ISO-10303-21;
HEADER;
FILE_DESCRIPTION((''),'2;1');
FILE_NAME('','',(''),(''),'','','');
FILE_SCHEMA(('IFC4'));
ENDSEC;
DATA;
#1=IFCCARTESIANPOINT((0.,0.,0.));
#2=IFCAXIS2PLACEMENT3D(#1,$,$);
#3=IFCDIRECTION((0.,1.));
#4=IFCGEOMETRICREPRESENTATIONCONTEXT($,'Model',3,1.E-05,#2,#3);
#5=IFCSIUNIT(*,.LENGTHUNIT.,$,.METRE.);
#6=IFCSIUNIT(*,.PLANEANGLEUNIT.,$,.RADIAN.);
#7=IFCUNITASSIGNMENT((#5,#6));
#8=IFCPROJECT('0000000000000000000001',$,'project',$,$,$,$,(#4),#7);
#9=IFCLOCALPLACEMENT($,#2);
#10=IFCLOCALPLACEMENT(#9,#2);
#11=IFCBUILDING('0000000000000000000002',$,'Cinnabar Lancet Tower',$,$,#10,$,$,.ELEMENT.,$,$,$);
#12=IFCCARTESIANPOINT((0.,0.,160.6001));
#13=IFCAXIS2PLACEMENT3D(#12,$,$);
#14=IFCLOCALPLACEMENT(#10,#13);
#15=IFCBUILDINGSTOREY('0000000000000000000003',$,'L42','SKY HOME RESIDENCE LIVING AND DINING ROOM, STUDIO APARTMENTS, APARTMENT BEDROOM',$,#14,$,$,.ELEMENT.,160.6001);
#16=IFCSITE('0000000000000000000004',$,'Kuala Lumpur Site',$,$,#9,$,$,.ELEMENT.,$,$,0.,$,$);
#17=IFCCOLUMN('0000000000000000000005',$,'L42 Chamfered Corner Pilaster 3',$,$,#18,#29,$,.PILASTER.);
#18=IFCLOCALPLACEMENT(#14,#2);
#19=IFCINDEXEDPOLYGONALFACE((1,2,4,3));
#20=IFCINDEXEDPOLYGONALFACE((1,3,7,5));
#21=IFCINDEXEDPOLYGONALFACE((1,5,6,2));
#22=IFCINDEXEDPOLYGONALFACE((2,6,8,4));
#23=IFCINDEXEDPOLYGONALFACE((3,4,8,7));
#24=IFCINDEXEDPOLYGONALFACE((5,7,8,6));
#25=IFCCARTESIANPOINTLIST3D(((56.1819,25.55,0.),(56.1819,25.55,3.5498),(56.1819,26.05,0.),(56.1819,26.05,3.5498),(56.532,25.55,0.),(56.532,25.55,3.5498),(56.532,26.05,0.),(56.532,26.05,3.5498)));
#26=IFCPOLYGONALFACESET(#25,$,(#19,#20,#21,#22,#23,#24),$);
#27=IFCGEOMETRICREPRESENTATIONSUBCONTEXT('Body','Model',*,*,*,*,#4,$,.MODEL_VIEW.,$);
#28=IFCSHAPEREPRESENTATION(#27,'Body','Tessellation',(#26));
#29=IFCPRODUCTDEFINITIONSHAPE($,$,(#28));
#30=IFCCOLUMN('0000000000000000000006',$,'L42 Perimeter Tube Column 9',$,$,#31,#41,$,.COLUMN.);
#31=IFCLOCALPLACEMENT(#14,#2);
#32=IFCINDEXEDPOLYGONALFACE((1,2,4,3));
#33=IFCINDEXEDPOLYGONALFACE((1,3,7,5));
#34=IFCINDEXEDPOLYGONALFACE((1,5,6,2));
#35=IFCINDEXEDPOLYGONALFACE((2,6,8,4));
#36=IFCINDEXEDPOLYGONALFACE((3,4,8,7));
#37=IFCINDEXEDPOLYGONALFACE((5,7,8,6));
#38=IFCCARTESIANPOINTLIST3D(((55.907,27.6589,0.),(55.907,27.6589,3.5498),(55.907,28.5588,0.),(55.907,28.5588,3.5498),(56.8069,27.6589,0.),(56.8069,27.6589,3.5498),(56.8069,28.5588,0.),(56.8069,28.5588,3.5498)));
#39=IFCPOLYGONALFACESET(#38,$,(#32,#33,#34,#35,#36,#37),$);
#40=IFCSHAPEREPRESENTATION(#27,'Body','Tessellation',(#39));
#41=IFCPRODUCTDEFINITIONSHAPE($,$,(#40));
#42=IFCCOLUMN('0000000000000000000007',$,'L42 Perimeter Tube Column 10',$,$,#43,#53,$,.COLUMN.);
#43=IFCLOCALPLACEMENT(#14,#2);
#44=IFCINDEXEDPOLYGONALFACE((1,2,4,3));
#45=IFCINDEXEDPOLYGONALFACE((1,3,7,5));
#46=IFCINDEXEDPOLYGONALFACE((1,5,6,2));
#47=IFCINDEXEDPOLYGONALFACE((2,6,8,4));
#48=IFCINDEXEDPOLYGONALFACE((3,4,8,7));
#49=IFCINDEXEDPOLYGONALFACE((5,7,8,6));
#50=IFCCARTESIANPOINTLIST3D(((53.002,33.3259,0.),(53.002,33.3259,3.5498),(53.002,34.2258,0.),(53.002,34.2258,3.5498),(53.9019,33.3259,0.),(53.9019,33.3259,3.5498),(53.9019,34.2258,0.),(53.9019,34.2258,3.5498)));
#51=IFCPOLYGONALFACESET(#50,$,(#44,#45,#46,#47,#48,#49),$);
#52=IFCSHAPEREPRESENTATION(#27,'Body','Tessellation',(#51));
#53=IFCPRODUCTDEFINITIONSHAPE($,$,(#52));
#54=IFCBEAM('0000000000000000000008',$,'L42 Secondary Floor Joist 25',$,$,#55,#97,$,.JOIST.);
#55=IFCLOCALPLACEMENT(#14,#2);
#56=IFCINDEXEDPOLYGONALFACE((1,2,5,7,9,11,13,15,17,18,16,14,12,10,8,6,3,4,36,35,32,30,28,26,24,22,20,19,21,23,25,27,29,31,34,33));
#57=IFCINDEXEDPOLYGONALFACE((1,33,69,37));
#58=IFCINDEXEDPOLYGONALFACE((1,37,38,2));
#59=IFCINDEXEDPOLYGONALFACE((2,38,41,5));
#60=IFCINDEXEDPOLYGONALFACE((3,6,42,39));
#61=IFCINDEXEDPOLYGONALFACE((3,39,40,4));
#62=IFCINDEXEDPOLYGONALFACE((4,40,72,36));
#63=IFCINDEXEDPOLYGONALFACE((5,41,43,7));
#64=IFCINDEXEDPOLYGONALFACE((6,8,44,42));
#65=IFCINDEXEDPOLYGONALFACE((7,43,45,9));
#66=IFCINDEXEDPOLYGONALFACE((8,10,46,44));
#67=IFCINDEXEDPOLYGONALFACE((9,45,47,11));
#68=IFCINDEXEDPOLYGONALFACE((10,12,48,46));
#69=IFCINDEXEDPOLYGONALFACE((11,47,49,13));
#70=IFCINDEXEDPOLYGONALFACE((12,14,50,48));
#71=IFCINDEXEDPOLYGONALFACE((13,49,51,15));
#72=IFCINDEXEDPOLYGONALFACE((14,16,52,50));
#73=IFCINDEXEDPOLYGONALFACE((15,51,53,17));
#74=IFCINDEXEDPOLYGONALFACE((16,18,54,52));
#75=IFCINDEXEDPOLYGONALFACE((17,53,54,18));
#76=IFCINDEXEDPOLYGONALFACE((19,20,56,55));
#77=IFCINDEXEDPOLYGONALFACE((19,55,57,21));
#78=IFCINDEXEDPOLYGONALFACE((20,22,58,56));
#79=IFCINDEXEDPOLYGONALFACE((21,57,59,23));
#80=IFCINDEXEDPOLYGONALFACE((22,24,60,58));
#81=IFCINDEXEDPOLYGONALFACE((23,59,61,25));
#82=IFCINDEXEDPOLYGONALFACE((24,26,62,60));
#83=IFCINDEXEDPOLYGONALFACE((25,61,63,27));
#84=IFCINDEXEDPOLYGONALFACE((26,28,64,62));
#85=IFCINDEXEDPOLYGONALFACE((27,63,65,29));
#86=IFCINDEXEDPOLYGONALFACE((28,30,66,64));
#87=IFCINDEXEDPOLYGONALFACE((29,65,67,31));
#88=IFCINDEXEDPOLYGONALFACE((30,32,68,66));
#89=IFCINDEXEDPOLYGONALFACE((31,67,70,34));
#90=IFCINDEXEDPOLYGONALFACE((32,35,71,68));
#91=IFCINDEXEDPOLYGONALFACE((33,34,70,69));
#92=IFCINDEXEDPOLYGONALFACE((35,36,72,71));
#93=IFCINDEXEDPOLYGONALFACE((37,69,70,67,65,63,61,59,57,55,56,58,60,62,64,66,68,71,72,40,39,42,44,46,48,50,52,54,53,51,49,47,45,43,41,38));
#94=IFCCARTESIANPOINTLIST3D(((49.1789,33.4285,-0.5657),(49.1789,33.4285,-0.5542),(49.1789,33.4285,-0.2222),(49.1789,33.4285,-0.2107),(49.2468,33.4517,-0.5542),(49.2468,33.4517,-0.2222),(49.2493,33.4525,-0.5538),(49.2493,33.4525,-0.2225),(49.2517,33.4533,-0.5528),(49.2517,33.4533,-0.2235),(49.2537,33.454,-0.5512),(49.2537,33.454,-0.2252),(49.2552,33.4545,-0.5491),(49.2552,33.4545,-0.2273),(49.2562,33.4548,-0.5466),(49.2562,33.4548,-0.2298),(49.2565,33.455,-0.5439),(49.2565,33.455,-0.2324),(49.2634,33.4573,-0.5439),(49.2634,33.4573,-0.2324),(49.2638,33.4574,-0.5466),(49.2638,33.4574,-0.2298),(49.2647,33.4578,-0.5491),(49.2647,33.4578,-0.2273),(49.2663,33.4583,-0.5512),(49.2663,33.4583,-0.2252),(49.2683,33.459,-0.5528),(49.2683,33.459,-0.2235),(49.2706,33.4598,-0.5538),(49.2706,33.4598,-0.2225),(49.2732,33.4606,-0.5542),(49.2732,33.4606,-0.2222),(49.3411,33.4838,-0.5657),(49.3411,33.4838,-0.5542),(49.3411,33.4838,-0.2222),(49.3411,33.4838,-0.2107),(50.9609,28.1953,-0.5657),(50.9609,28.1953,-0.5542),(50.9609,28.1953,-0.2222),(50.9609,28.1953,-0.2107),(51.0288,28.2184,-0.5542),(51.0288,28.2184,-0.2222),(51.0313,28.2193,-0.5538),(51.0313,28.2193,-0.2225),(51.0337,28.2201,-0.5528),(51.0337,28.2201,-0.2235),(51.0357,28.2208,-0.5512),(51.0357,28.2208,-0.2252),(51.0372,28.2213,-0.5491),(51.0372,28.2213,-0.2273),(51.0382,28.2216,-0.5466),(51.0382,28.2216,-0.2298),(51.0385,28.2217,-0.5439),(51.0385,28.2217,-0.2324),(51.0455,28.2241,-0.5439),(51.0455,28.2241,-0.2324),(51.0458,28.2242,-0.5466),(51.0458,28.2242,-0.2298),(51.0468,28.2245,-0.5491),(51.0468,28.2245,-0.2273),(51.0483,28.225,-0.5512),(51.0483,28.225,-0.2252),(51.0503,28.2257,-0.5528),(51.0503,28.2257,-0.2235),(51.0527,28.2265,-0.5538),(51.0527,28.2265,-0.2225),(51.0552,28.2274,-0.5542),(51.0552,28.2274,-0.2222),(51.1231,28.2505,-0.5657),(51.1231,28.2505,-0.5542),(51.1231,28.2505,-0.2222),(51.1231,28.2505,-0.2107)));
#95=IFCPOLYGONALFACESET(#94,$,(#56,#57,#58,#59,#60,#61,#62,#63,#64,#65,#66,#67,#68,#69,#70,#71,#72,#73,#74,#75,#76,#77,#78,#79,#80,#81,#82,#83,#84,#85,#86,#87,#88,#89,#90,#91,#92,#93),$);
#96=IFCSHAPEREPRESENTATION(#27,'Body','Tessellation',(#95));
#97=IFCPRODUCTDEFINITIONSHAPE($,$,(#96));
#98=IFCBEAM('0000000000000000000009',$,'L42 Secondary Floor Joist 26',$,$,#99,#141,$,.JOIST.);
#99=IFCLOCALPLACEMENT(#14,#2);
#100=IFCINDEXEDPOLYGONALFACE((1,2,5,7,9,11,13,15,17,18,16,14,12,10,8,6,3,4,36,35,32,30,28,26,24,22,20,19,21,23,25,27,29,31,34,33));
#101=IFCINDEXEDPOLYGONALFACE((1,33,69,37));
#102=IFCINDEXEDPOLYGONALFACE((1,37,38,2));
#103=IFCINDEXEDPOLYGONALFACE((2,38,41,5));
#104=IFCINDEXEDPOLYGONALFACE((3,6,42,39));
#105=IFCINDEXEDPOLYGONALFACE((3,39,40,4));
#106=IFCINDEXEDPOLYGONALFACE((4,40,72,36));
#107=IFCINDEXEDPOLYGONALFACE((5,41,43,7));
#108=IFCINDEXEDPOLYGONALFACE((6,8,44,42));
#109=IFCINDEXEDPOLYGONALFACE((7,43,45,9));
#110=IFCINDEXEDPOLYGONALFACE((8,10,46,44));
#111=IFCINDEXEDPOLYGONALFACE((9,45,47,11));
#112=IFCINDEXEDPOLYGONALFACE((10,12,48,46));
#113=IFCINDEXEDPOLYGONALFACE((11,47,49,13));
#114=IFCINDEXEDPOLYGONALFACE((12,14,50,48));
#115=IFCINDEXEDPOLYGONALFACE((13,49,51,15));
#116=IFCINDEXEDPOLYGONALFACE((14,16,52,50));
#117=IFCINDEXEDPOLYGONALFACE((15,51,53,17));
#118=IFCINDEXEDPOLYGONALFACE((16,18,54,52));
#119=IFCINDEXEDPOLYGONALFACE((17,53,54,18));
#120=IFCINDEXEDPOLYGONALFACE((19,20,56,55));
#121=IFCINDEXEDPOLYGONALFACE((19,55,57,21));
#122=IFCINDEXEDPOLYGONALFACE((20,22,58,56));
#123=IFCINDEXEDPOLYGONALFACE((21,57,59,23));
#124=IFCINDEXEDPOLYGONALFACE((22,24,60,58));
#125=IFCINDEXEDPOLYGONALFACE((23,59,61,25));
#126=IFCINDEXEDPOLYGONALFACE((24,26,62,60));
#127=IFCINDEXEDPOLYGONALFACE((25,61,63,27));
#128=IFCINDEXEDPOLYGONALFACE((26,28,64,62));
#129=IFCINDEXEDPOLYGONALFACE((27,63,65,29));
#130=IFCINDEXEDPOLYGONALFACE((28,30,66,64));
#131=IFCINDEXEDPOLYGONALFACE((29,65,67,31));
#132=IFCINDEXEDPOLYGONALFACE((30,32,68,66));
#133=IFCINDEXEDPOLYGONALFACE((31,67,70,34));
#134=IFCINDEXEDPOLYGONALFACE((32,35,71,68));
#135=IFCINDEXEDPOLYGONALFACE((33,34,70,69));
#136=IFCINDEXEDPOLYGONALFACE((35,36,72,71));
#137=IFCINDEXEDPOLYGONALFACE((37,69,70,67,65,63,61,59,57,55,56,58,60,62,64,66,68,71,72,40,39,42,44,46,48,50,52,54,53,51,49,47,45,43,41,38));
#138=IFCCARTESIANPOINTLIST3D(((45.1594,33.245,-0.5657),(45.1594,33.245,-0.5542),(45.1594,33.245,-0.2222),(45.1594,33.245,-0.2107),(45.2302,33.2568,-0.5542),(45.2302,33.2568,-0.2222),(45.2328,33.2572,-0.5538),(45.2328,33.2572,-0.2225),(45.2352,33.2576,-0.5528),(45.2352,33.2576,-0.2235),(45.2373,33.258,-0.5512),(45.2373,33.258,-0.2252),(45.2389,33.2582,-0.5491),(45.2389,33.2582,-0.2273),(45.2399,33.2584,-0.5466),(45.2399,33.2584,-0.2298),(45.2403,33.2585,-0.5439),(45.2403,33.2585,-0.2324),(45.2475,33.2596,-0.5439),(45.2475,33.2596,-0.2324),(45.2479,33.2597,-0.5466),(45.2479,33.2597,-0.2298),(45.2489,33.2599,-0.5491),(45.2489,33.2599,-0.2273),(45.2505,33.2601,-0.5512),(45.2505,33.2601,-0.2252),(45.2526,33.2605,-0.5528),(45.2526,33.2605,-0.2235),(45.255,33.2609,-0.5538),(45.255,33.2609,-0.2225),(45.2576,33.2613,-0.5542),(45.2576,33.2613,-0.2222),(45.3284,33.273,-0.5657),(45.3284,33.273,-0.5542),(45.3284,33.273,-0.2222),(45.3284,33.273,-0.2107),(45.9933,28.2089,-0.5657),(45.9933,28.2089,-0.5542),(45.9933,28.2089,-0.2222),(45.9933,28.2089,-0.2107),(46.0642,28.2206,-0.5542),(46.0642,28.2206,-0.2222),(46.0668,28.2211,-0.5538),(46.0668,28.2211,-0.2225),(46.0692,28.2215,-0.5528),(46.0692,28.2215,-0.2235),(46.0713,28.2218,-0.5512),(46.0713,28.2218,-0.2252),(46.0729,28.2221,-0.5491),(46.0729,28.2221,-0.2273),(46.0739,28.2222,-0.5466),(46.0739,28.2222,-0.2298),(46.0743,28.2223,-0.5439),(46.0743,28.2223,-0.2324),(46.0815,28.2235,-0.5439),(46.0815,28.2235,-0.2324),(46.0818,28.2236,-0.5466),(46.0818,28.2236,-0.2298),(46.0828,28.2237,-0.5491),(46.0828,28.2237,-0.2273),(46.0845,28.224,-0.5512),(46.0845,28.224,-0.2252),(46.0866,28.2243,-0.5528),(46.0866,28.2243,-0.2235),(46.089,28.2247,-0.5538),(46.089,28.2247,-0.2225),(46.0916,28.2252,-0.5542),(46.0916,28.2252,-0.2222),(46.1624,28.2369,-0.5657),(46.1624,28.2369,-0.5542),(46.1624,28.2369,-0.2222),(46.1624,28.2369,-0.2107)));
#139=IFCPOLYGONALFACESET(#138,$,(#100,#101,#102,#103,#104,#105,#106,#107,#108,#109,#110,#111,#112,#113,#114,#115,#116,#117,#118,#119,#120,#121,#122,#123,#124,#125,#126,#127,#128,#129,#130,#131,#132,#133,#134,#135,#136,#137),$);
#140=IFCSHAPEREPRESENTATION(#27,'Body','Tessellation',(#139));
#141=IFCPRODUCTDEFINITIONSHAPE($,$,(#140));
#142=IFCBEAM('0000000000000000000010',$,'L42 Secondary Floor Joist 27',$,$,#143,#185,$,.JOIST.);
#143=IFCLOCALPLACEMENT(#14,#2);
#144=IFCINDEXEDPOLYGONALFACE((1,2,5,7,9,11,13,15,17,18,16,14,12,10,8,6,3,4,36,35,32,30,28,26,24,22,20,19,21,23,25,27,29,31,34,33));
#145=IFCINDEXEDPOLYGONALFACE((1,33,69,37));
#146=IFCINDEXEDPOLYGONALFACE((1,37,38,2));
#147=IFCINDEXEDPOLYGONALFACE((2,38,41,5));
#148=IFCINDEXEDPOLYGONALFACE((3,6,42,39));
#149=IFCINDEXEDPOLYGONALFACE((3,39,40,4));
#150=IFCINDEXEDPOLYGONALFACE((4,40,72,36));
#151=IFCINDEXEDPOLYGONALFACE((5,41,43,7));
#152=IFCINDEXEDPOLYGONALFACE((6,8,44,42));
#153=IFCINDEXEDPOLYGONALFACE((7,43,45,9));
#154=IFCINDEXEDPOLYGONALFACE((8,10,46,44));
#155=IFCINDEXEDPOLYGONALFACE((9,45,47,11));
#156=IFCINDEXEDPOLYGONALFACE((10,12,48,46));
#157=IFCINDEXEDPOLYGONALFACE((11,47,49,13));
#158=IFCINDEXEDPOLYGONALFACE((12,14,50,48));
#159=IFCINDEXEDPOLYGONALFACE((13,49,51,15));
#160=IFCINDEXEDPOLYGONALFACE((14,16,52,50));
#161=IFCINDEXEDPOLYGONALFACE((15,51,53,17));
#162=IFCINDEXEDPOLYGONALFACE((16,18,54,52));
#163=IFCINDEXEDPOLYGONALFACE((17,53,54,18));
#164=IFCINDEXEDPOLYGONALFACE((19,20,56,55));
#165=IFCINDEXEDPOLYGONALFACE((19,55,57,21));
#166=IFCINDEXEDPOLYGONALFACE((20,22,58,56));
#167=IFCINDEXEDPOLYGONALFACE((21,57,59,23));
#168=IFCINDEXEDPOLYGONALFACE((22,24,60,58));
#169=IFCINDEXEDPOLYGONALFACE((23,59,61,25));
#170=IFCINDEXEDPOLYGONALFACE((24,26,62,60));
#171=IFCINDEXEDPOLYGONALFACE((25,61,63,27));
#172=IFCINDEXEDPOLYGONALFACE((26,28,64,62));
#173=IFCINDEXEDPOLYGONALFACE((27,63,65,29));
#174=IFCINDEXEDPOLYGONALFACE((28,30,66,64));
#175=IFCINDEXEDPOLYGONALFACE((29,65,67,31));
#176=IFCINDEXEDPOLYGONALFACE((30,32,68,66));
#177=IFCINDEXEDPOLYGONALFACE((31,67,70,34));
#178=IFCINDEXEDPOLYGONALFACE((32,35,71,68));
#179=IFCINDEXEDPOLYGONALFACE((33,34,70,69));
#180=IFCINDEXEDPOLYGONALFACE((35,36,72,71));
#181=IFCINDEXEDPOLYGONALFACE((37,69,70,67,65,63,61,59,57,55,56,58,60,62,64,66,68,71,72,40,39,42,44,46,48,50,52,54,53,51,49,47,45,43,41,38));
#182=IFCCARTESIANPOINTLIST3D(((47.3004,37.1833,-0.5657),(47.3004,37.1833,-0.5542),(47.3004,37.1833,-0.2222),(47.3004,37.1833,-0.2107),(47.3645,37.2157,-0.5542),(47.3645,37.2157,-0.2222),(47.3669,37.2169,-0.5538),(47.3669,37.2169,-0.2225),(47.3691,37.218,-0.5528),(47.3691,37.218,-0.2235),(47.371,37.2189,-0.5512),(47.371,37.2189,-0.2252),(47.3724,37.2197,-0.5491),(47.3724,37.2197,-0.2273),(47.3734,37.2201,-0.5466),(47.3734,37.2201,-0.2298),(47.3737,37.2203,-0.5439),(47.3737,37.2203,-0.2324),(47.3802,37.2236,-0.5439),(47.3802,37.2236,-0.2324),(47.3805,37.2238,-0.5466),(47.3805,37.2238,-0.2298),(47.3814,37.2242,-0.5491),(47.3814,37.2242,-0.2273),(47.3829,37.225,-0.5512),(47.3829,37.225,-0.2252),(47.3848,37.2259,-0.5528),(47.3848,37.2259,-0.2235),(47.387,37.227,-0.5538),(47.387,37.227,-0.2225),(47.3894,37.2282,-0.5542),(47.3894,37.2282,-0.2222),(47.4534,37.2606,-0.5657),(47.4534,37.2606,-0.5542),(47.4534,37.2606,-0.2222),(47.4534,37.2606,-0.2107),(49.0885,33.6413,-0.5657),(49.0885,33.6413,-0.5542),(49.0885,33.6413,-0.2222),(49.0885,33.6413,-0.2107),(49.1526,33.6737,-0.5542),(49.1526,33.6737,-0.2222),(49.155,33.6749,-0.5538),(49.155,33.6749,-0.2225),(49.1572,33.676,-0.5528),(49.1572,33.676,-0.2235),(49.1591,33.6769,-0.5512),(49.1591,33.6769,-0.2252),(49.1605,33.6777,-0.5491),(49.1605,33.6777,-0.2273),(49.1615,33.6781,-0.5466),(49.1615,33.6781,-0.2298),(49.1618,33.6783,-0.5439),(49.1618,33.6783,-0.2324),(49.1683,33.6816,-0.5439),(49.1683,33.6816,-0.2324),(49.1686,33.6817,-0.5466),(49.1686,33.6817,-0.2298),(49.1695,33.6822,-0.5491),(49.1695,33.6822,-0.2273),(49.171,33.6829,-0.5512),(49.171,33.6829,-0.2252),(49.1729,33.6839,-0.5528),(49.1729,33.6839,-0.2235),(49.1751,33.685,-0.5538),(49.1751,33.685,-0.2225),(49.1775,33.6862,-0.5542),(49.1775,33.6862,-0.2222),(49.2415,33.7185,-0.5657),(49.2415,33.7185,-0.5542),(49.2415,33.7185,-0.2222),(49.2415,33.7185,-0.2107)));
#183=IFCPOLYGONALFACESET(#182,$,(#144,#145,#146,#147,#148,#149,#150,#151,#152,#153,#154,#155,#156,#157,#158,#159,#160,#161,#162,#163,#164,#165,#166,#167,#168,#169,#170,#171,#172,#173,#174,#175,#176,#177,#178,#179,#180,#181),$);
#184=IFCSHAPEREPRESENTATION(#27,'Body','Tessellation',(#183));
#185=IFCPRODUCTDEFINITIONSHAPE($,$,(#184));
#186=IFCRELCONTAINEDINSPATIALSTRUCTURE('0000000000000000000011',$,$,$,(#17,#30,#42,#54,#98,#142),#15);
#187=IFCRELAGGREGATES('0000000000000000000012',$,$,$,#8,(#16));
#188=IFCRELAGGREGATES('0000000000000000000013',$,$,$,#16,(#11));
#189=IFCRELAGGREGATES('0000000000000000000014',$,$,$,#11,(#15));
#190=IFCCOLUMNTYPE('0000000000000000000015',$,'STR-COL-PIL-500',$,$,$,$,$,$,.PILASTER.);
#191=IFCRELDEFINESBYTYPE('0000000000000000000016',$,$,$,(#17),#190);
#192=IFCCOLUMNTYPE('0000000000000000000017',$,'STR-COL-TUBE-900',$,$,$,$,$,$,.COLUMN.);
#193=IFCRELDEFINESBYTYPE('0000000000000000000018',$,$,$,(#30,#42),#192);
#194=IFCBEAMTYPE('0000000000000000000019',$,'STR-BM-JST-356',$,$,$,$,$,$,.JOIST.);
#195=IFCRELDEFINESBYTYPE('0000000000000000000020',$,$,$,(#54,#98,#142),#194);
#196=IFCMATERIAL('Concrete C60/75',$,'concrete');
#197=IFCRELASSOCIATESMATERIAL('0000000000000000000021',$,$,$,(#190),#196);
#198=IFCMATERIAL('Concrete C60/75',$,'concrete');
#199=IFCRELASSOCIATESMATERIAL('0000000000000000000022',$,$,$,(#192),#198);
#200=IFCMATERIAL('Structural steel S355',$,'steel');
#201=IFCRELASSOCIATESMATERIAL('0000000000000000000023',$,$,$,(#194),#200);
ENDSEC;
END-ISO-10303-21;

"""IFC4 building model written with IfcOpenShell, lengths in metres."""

from ifc_helpers import new_model, si_unit, direction, frame, origin, origin_2d, place, context, subcontext, project, spatial, rectangle, i_section, extrude, material, material_profile, profile_set, type_object, element, save


model = new_model("IFC4")

# Units and contexts
model_context = context("Model", 3, precision=1e-05, world=origin(), true_north=direction((0.0, 1.0)))
body_context = subcontext(model_context, "Body", "Model", "MODEL_VIEW")
ifc_project = project(units=[si_unit("LENGTHUNIT", "METRE"), si_unit("PLANEANGLEUNIT", "RADIAN")], contexts=[model_context])

# Site, building, storey
site_placement = place(None, origin())
site = spatial("IfcSite", under=ifc_project, at=site_placement, Name="Kuala Lumpur Site", CompositionType="ELEMENT", RefElevation=0.0)
building_placement = place(site_placement, origin())
building = spatial("IfcBuilding", under=site, at=building_placement, Name="Cinnabar Lancet Tower", CompositionType="ELEMENT")
storey_placement = place(building_placement, frame((0.0, 0.0, 160.6001)))
storey = spatial("IfcBuildingStorey", under=building, at=storey_placement, Name="L42", Description="SKY HOME RESIDENCE LIVING AND DINING ROOM, STUDIO APARTMENTS, APARTMENT BEDROOM", CompositionType="ELEMENT", Elevation=160.6001)

# Columns
ifc_material_1 = material(Name="Concrete C60/75", Category="concrete")
ifc_material_profile_1 = material_profile(ifc_material_1, rectangle(XDim=0.5, YDim=0.3501, at=origin_2d()), Name="RC-PIL 500x350")
ifc_profile_set_1 = profile_set([ifc_material_profile_1], Name="Concrete C60/75")
column_type_1 = type_object("IfcColumnType", Name="STR-COL-PIL-500", PredefinedType="PILASTER", material=ifc_profile_set_1)
column_placement = place(storey_placement, frame((56.3569, 25.8, 0.0), z_axis=(0.0, 0.0, 1.0), x_axis=(0.0, 1.0, 0.0)))
element("IfcColumn", 1, at=column_placement, inside=storey, type_object=column_type_1, Name="L42 Chamfered Corner Pilaster 3", PredefinedType="PILASTER", context=body_context, shape_type="SweptSolid", body=[
    extrude(rectangle(XDim=0.5, YDim=0.3501, at=origin_2d()), origin(), (0.0, 0.0, 1.0), 3.5498),
])
ifc_material_2 = material(Name="Concrete C60/75", Category="concrete")
ifc_material_profile_2 = material_profile(ifc_material_2, rectangle(XDim=0.8999, YDim=0.8999, at=origin_2d()), Name="RC-COL 900x900")
ifc_profile_set_2 = profile_set([ifc_material_profile_2], Name="Concrete C60/75")
column_type_2 = type_object("IfcColumnType", Name="STR-COL-TUBE-900", PredefinedType="COLUMN", material=ifc_profile_set_2)
for number, where, z_axis, x_axis, name in (
    (2, (56.3569, 28.1089, 0.0), (0.0, 0.0, 1.0), (1.0, 0.0, 0.0), "L42 Perimeter Tube Column 9"),
    (3, (53.4519, 33.7759, 0.0), (0.0, 0.0, 1.0), (1.0, 0.0, 0.0), "L42 Perimeter Tube Column 10"),
):
    element("IfcColumn", number, at=place(storey_placement, frame(where, z_axis=z_axis, x_axis=x_axis)), inside=storey, type_object=column_type_2, Name=name, PredefinedType="COLUMN", context=body_context, shape_type="SweptSolid", body=[
        extrude(rectangle(XDim=0.8999, YDim=0.8999, at=origin_2d()), origin(), (0.0, 0.0, 1.0), 3.5498),
    ])

# Beams
ifc_material_3 = material(Name="Structural steel S355", Category="steel")
ifc_material_profile_3 = material_profile(ifc_material_3, i_section(OverallWidth=0.1714, OverallDepth=0.355, WebThickness=0.0073, FlangeThickness=0.0115, FilletRadius=0.0103, at=origin_2d()), Name="UKB 356x171x51")
ifc_profile_set_3 = profile_set([ifc_material_profile_3], Name="Structural steel S355")
beam_type_1 = type_object("IfcBeamType", Name="STR-BM-JST-356", PredefinedType="JOIST", material=ifc_profile_set_3)
beam_1_placement = place(storey_placement, frame((51.042, 28.2229, -0.3882), z_axis=(-0.322342, 0.946623, 0.0), x_axis=(-0.946623, -0.322342, 0.0)))
element("IfcBeam", 4, at=beam_1_placement, inside=storey, type_object=beam_type_1, Name="L42 Secondary Floor Joist 25", PredefinedType="JOIST", context=body_context, shape_type="SweptSolid", body=[
    extrude(i_section(OverallWidth=0.1714, OverallDepth=0.355, WebThickness=0.0073, FlangeThickness=0.0115, FilletRadius=0.0103, at=origin_2d()), origin(), (0.0, 0.0, 1.0), 5.5283),
])
beam_2_placement = place(storey_placement, frame((46.0779, 28.2229, -0.3882), z_axis=(-0.163375, 0.986564, 0.0), x_axis=(-0.986564, -0.163375, 0.0)))
element("IfcBeam", 5, at=beam_2_placement, inside=storey, type_object=beam_type_1, Name="L42 Secondary Floor Joist 26", PredefinedType="JOIST", context=body_context, shape_type="SweptSolid", body=[
    extrude(i_section(OverallWidth=0.1714, OverallDepth=0.355, WebThickness=0.0073, FlangeThickness=0.0115, FilletRadius=0.0103, at=origin_2d()), origin(), (0.0, 0.0, 1.0), 5.1047),
])
beam_3_placement = place(storey_placement, frame((49.165, 33.6799, -0.3882), z_axis=(-0.450656, 0.892698, 0.0), x_axis=(-0.892698, -0.450656, 0.0)))
element("IfcBeam", 6, at=beam_3_placement, inside=storey, type_object=beam_type_1, Name="L42 Secondary Floor Joist 27", PredefinedType="JOIST", context=body_context, shape_type="SweptSolid", body=[
    extrude(i_section(OverallWidth=0.1714, OverallDepth=0.355, WebThickness=0.0073, FlangeThickness=0.0115, FilletRadius=0.0103, at=origin_2d()), origin(), (0.0, 0.0, 1.0), 3.9678),
])

save(model, "model.ifc")
